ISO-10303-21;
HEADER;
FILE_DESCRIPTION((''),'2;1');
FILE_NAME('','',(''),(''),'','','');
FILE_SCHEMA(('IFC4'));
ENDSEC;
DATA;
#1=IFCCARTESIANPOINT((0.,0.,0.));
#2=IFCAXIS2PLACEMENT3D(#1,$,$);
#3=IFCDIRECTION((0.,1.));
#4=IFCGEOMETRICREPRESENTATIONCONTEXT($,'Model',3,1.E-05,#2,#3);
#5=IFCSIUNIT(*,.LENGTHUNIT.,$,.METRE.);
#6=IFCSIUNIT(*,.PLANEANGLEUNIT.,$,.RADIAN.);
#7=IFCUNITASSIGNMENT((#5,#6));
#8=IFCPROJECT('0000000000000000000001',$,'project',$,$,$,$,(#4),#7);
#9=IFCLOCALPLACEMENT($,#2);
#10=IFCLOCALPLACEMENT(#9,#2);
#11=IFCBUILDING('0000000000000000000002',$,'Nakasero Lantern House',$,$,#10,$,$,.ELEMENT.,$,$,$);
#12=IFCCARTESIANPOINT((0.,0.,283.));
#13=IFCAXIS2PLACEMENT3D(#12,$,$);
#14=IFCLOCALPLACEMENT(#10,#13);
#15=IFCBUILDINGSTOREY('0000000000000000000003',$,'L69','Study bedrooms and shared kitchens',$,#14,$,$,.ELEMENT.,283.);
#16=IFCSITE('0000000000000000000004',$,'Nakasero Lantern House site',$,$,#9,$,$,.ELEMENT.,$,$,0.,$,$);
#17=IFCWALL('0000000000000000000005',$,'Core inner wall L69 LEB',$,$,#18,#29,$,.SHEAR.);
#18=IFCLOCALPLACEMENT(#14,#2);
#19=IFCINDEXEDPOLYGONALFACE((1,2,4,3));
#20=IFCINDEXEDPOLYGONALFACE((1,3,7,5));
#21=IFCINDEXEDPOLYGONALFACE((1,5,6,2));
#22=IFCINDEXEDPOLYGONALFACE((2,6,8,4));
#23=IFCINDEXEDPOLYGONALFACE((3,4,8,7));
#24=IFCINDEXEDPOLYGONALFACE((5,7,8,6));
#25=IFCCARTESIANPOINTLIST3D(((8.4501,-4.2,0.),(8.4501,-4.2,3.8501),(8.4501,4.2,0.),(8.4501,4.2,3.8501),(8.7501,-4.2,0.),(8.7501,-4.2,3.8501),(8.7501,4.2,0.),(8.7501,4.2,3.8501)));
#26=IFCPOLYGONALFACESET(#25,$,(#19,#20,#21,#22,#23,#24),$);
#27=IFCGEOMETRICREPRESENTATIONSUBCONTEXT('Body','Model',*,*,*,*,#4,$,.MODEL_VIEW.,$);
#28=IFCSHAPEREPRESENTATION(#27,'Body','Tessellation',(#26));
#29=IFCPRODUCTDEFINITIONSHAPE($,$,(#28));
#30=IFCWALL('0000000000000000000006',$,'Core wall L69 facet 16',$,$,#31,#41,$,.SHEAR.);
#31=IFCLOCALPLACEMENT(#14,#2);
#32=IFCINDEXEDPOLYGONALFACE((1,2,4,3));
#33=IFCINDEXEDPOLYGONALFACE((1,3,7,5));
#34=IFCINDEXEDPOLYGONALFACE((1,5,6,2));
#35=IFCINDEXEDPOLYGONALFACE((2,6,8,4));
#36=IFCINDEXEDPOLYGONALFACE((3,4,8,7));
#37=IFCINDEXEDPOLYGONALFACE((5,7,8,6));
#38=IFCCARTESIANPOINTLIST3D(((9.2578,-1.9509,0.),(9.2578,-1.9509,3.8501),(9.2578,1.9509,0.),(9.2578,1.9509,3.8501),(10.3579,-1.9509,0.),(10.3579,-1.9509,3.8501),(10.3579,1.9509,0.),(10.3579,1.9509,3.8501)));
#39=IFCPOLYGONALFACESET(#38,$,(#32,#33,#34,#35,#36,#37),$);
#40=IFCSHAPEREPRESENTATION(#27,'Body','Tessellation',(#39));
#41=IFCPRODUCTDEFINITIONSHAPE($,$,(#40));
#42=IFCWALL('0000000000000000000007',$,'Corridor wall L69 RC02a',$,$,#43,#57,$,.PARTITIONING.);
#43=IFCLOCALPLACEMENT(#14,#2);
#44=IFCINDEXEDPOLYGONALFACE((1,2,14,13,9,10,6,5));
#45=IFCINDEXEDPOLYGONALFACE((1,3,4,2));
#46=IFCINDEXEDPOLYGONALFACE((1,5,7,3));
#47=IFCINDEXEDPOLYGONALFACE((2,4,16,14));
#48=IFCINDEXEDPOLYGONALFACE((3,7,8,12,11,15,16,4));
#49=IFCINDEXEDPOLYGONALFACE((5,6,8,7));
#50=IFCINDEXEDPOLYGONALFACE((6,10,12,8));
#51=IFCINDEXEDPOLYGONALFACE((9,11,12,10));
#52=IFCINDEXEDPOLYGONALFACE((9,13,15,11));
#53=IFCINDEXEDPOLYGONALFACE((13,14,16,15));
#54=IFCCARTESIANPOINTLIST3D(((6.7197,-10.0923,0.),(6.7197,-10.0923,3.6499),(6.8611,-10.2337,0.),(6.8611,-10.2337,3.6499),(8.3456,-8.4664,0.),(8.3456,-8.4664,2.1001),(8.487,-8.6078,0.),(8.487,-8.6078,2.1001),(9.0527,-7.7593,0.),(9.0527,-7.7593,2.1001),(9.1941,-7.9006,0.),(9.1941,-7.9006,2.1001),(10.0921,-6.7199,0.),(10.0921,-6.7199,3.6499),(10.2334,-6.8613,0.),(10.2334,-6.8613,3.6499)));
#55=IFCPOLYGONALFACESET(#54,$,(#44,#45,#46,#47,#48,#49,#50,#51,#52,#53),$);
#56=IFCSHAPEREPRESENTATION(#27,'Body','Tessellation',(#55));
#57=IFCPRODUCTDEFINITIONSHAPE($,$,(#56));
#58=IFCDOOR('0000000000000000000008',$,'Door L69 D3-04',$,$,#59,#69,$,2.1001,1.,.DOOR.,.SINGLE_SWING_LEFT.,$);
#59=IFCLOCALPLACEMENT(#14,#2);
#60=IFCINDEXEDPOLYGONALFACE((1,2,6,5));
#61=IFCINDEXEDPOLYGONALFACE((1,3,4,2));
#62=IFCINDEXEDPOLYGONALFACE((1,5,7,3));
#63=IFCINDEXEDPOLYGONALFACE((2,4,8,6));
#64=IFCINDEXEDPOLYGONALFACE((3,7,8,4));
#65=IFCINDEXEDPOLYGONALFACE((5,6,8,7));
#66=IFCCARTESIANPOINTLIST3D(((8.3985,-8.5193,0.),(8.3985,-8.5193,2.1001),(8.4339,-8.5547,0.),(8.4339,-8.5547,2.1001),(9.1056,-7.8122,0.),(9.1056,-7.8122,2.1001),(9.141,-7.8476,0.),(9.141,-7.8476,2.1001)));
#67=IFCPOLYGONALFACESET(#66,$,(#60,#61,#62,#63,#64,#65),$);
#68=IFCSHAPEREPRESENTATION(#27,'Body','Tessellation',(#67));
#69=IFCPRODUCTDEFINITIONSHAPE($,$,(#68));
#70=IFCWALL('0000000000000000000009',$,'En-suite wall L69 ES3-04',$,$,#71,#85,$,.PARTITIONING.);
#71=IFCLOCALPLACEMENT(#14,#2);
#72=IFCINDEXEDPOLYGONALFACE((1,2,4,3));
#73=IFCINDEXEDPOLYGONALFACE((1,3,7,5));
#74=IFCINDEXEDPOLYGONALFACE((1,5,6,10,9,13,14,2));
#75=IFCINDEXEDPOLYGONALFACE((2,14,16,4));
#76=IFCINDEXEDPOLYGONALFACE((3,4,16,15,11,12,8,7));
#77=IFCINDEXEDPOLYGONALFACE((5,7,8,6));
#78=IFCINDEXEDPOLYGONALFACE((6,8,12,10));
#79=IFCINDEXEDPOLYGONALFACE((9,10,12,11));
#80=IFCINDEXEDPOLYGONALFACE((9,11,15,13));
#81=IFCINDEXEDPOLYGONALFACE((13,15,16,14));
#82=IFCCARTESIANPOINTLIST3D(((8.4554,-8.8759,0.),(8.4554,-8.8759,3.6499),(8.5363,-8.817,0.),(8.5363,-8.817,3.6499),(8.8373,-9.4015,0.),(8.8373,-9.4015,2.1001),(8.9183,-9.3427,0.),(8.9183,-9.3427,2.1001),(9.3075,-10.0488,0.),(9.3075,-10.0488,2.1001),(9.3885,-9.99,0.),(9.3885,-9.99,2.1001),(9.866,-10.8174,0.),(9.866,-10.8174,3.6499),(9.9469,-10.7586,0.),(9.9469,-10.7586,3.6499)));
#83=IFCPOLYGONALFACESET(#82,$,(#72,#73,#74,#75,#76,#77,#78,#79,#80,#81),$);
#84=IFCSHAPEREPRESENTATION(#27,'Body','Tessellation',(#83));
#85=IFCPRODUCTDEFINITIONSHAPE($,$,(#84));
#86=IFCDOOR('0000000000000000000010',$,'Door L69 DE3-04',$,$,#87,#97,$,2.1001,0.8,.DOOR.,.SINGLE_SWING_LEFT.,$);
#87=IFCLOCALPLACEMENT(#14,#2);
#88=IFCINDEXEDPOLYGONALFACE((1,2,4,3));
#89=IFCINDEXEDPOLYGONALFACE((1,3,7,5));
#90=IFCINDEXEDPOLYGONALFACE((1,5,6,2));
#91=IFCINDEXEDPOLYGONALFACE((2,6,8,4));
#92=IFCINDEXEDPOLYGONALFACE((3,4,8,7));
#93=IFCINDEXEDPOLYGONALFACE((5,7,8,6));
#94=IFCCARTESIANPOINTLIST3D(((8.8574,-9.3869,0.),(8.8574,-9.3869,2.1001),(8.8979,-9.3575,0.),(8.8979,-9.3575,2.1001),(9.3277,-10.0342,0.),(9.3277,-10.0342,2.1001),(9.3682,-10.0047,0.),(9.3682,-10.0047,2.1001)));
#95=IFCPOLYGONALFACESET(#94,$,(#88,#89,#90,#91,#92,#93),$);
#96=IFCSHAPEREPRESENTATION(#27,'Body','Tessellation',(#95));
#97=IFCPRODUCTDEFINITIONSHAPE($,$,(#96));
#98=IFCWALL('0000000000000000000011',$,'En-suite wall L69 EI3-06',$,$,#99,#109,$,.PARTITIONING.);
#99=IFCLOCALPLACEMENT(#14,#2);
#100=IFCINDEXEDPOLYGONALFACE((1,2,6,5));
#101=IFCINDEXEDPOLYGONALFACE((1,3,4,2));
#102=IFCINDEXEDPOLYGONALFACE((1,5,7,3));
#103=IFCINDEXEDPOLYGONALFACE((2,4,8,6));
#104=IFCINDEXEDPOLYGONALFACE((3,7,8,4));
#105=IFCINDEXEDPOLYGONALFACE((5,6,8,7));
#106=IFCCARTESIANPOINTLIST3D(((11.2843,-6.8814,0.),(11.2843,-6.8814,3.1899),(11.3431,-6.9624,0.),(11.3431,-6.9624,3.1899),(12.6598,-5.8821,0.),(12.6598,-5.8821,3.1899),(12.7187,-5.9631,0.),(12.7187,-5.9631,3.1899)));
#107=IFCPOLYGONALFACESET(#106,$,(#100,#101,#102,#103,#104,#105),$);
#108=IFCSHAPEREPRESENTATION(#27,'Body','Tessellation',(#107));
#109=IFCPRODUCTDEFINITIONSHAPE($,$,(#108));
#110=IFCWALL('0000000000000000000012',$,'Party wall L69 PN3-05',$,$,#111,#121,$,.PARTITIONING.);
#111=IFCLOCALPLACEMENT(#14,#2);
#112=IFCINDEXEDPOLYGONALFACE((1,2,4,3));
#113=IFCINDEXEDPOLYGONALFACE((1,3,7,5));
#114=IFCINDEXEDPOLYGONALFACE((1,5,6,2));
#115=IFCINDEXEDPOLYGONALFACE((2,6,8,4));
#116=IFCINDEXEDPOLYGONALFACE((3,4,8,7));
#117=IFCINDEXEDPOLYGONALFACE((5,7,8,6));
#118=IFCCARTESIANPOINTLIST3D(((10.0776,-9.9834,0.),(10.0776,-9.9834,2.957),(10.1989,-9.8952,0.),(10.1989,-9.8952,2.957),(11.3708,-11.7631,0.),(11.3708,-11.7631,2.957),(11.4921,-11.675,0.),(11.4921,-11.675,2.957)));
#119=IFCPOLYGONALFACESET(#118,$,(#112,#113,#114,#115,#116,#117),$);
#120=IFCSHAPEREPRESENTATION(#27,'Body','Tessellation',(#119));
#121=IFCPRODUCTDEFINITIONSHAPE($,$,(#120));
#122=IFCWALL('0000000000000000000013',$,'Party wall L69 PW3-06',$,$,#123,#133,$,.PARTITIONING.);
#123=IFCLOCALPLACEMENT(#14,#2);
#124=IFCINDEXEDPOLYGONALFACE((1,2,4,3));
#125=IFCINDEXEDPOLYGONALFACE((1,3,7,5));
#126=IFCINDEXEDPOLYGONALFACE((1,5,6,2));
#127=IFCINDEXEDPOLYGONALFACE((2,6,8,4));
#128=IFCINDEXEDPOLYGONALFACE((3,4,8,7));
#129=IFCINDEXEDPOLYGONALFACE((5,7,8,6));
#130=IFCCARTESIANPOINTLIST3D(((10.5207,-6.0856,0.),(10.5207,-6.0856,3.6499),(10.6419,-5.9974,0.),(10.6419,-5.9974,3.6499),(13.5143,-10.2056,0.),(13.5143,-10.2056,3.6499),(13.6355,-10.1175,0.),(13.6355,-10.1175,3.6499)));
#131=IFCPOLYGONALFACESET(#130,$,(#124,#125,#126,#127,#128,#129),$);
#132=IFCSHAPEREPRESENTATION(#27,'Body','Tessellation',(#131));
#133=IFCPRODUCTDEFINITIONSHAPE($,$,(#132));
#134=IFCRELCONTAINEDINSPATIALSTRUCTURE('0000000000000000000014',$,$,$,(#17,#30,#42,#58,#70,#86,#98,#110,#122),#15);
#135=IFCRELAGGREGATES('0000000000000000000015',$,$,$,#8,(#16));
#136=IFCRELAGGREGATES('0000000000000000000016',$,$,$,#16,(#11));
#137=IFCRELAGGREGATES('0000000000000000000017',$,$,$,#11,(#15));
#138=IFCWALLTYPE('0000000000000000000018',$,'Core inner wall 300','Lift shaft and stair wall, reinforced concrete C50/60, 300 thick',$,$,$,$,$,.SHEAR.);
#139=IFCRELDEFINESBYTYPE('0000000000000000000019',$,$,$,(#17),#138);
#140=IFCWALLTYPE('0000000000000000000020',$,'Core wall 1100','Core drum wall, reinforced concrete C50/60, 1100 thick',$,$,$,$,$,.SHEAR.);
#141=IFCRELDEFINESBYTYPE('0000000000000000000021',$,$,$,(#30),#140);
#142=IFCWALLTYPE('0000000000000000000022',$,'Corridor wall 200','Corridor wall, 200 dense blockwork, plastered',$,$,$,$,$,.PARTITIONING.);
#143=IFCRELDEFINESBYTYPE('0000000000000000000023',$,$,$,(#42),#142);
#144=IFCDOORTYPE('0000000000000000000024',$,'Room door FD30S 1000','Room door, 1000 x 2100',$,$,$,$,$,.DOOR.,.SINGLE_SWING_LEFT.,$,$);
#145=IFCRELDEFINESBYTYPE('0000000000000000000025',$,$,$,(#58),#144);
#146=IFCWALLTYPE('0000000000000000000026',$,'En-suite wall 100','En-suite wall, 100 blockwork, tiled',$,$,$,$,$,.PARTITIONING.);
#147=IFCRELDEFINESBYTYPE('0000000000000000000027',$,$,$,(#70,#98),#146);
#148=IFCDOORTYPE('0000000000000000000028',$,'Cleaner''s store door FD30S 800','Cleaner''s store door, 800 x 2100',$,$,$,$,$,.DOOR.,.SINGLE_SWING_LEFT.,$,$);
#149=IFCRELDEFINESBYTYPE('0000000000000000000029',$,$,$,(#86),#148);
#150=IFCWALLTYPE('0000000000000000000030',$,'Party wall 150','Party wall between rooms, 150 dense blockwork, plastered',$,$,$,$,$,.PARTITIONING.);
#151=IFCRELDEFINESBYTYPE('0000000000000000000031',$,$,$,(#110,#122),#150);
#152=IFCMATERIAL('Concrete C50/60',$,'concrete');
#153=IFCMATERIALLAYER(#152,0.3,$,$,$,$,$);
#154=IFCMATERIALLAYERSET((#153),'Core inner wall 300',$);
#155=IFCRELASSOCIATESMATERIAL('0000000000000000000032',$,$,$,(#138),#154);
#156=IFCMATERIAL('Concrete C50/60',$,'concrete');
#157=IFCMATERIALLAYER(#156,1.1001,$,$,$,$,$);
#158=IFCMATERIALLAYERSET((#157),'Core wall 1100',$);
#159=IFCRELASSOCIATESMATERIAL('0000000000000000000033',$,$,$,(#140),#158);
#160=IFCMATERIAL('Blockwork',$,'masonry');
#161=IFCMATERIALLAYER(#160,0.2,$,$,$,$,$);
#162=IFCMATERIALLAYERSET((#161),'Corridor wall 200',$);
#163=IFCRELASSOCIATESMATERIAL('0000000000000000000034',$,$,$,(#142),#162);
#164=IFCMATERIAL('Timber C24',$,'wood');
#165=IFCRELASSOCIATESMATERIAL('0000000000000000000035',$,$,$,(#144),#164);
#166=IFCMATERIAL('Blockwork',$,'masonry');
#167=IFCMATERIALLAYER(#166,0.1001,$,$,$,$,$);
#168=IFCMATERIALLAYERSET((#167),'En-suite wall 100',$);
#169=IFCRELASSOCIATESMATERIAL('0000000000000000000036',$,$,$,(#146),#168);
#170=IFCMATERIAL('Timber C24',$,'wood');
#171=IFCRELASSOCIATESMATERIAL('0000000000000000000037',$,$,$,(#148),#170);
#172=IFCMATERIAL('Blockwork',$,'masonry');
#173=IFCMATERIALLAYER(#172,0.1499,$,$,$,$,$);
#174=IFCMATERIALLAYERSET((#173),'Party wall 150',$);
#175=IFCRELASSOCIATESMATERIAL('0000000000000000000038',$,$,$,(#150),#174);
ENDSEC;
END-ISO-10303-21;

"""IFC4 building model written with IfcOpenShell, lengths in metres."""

from ifc_helpers import new_model, si_unit, direction, frame, frame_2d, origin, place, context, subcontext, project, spatial, rectangle, extrude, material, layer, layer_set, type_object, element, fill, save


model = new_model("IFC4")

# Units and contexts
model_context = context("Model", 3, precision=1e-05, world=origin(), true_north=direction((0.0, 1.0)))
body_context = subcontext(model_context, "Body", "Model", "MODEL_VIEW")
ifc_project = project(units=[si_unit("LENGTHUNIT", "METRE"), si_unit("PLANEANGLEUNIT", "RADIAN")], contexts=[model_context])

# Site, building, storey
site_placement = place(None, origin())
site = spatial("IfcSite", under=ifc_project, at=site_placement, Name="Nakasero Lantern House site", CompositionType="ELEMENT", RefElevation=0.0)
building_placement = place(site_placement, origin())
building = spatial("IfcBuilding", under=site, at=building_placement, Name="Nakasero Lantern House", CompositionType="ELEMENT")
storey_placement = place(building_placement, frame((0.0, 0.0, 283.0)))
storey = spatial("IfcBuildingStorey", under=building, at=storey_placement, Name="L69", Description="Study bedrooms and shared kitchens", CompositionType="ELEMENT", Elevation=283.0)

# Walls
ifc_material_1 = material(Name="Concrete C50/60", Category="concrete")
ifc_layer_1 = layer(ifc_material_1, 0.3)
ifc_layer_set_1 = layer_set([ifc_layer_1], Name="Core inner wall 300")
wall_type_1 = type_object("IfcWallType", Name="Core inner wall 300", Description="Lift shaft and stair wall, reinforced concrete C50/60, 300 thick", PredefinedType="SHEAR", material=ifc_layer_set_1)
wall_1_placement = place(storey_placement, frame((8.6001, -4.2, 0.0), z_axis=(0.0, 0.0, 1.0), x_axis=(0.0, 1.0, 0.0)))
element("IfcWall", 1, at=wall_1_placement, inside=storey, type_object=wall_type_1, Name="Core inner wall L69 LEB", PredefinedType="SHEAR", context=body_context, shape_type="SweptSolid", body=[
    extrude(rectangle(XDim=8.3999, YDim=0.3, at=frame_2d((4.2, 0.0))), origin(), (0.0, 0.0, 1.0), 3.8501),
])
ifc_material_2 = material(Name="Concrete C50/60", Category="concrete")
ifc_layer_2 = layer(ifc_material_2, 1.1001)
ifc_layer_set_2 = layer_set([ifc_layer_2], Name="Core wall 1100")
wall_type_2 = type_object("IfcWallType", Name="Core wall 1100", Description="Core drum wall, reinforced concrete C50/60, 1100 thick", PredefinedType="SHEAR", material=ifc_layer_set_2)
wall_2_placement = place(storey_placement, frame((9.8079, -1.9509, 0.0), z_axis=(0.0, 0.0, 1.0), x_axis=(0.0, 1.0, 0.0)))
element("IfcWall", 2, at=wall_2_placement, inside=storey, type_object=wall_type_2, Name="Core wall L69 facet 16", PredefinedType="SHEAR", context=body_context, shape_type="SweptSolid", body=[
    extrude(rectangle(XDim=3.9019, YDim=1.1001, at=frame_2d((1.9509, 0.0))), origin(), (0.0, 0.0, 1.0), 3.8501),
])

# Walls, openings, doors
ifc_material_3 = material(Name="Blockwork", Category="masonry")
ifc_layer_3 = layer(ifc_material_3, 0.2)
ifc_layer_set_3 = layer_set([ifc_layer_3], Name="Corridor wall 200")
wall_type_3 = type_object("IfcWallType", Name="Corridor wall 200", Description="Corridor wall, 200 dense blockwork, plastered", PredefinedType="PARTITIONING", material=ifc_layer_set_3)
wall_3_placement = place(storey_placement, frame((10.1628, -6.7905, 0.0), z_axis=(0.0, 0.0, 1.0), x_axis=(-0.707107, -0.707107, 0.0)))
wall_3 = element("IfcWall", 3, at=wall_3_placement, inside=storey, type_object=wall_type_3, Name="Corridor wall L69 RC02a", PredefinedType="PARTITIONING", context=body_context, shape_type="SweptSolid", body=[
    extrude(rectangle(XDim=4.7693, YDim=0.2, at=frame_2d((2.3848, 0.0))), origin(), (0.0, 0.0, 1.0), 3.6499),
])
opening_1_placement = place(wall_3_placement, frame((1.47, 0.0, 0.0)))
opening_1 = element("IfcOpeningElement", 4, at=opening_1_placement, cuts=wall_3, PredefinedType="OPENING", context=body_context, shape_type="SweptSolid", body=[
    extrude(rectangle(XDim=1.0, YDim=2.1001, at=frame_2d((0.5, 1.05))), frame((0.0, 0.1199, 0.0), z_axis=(0.0, -1.0, 0.0), x_axis=(1.0, 0.0, 0.0)), (0.0, 0.0, 1.0), 0.24),
])
ifc_material_4 = material(Name="Timber C24", Category="wood")
door_type_1 = type_object("IfcDoorType", Name="Room door FD30S 1000", Description="Room door, 1000 x 2100", OperationType="SINGLE_SWING_LEFT", PredefinedType="DOOR", material=ifc_material_4)
door_1_placement = place(opening_1_placement, origin())
door_1 = element("IfcDoor", 5, at=door_1_placement, inside=storey, type_object=door_type_1, Name="Door L69 D3-04", OperationType="SINGLE_SWING_LEFT", OverallHeight=2.1001, OverallWidth=1.0, PredefinedType="DOOR", context=body_context, shape_type="SweptSolid", body=[
    extrude(rectangle(XDim=1.0, YDim=2.1001, at=frame_2d((0.5, 1.05))), frame((0.0, 0.0249, 0.0), z_axis=(0.0, -1.0, 0.0), x_axis=(1.0, 0.0, 0.0)), (0.0, 0.0, 1.0), 0.05),
])
fill(opening_1, door_1)
ifc_material_5 = material(Name="Blockwork", Category="masonry")
ifc_layer_4 = layer(ifc_material_5, 0.1001)
ifc_layer_set_4 = layer_set([ifc_layer_4], Name="En-suite wall 100")
wall_type_4 = type_object("IfcWallType", Name="En-suite wall 100", Description="En-suite wall, 100 blockwork, tiled", PredefinedType="PARTITIONING", material=ifc_layer_set_4)
wall_4_placement = place(storey_placement, frame((8.4958, -8.8464, 0.0), z_axis=(0.0, 0.0, 1.0), x_axis=(0.587772, -0.809026, 0.0)))
wall_4 = element("IfcWall", 6, at=wall_4_placement, inside=storey, type_object=wall_type_4, Name="En-suite wall L69 ES3-04", PredefinedType="PARTITIONING", context=body_context, shape_type="SweptSolid", body=[
    extrude(rectangle(XDim=2.3999, YDim=0.1001, at=frame_2d((1.2, 0.0))), origin(), (0.0, 0.0, 1.0), 3.6499),
])
opening_2_placement = place(wall_4_placement, frame((0.6499, 0.0, 0.0)))
opening_2 = element("IfcOpeningElement", 7, at=opening_2_placement, cuts=wall_4, PredefinedType="OPENING", context=body_context, shape_type="SweptSolid", body=[
    extrude(rectangle(XDim=0.8, YDim=2.1001, at=frame_2d((0.3999, 1.05))), frame((0.0, 0.0701, 0.0), z_axis=(0.0, -1.0, 0.0), x_axis=(1.0, 0.0, 0.0)), (0.0, 0.0, 1.0), 0.1401),
])
ifc_material_6 = material(Name="Timber C24", Category="wood")
door_type_2 = type_object("IfcDoorType", Name="Cleaner's store door FD30S 800", Description="Cleaner's store door, 800 x 2100", OperationType="SINGLE_SWING_LEFT", PredefinedType="DOOR", material=ifc_material_6)
door_2_placement = place(opening_2_placement, origin())
door_2 = element("IfcDoor", 8, at=door_2_placement, inside=storey, type_object=door_type_2, Name="Door L69 DE3-04", OperationType="SINGLE_SWING_LEFT", OverallHeight=2.1001, OverallWidth=0.8, PredefinedType="DOOR", context=body_context, shape_type="SweptSolid", body=[
    extrude(rectangle(XDim=0.8, YDim=2.1001, at=frame_2d((0.3999, 1.05))), frame((0.0, 0.0249, 0.0), z_axis=(0.0, -1.0, 0.0), x_axis=(1.0, 0.0, 0.0)), (0.0, 0.0, 1.0), 0.05),
])
fill(opening_2, door_2)

# Walls
wall_5_placement = place(storey_placement, frame((11.3137, -6.9219, 0.0), z_axis=(0.0, 0.0, 1.0), x_axis=(0.80904, 0.587753, 0.0)))
element("IfcWall", 9, at=wall_5_placement, inside=storey, type_object=wall_type_4, Name="En-suite wall L69 EI3-06", PredefinedType="PARTITIONING", context=body_context, shape_type="SweptSolid", body=[
    extrude(rectangle(XDim=1.7002, YDim=0.1001, at=frame_2d((0.8501, 0.0))), origin(), (0.0, 0.0, 1.0), 3.1899),
])
ifc_material_7 = material(Name="Blockwork", Category="masonry")
ifc_layer_5 = layer(ifc_material_7, 0.1499)
ifc_layer_set_5 = layer_set([ifc_layer_5], Name="Party wall 150")
wall_type_5 = type_object("IfcWallType", Name="Party wall 150", Description="Party wall between rooms, 150 dense blockwork, plastered", PredefinedType="PARTITIONING", material=ifc_layer_set_5)
wall_6_placement = place(storey_placement, frame((10.1382, -9.9392, 0.0), z_axis=(0.0, 0.0, 1.0), x_axis=(0.587822, -0.80899, 0.0)))
element("IfcWall", 10, at=wall_6_placement, inside=storey, type_object=wall_type_5, Name="Party wall L69 PN3-05", PredefinedType="PARTITIONING", context=body_context, shape_type="SweptSolid", body=[
    extrude(rectangle(XDim=2.2, YDim=0.1499, at=frame_2d((1.1001, 0.0))), origin(), (0.0, 0.0, 1.0), 2.957),
])
wall_7_placement = place(storey_placement, frame((10.5813, -6.0415, 0.0), z_axis=(0.0, 0.0, 1.0), x_axis=(0.587812, -0.808997, 0.0)))
element("IfcWall", 11, at=wall_7_placement, inside=storey, type_object=wall_type_5, Name="Party wall L69 PW3-06", PredefinedType="PARTITIONING", context=body_context, shape_type="SweptSolid", body=[
    extrude(rectangle(XDim=5.0928, YDim=0.1499, at=frame_2d((2.5464, 0.0))), origin(), (0.0, 0.0, 1.0), 3.6499),
])

save(model, "model.ifc")
